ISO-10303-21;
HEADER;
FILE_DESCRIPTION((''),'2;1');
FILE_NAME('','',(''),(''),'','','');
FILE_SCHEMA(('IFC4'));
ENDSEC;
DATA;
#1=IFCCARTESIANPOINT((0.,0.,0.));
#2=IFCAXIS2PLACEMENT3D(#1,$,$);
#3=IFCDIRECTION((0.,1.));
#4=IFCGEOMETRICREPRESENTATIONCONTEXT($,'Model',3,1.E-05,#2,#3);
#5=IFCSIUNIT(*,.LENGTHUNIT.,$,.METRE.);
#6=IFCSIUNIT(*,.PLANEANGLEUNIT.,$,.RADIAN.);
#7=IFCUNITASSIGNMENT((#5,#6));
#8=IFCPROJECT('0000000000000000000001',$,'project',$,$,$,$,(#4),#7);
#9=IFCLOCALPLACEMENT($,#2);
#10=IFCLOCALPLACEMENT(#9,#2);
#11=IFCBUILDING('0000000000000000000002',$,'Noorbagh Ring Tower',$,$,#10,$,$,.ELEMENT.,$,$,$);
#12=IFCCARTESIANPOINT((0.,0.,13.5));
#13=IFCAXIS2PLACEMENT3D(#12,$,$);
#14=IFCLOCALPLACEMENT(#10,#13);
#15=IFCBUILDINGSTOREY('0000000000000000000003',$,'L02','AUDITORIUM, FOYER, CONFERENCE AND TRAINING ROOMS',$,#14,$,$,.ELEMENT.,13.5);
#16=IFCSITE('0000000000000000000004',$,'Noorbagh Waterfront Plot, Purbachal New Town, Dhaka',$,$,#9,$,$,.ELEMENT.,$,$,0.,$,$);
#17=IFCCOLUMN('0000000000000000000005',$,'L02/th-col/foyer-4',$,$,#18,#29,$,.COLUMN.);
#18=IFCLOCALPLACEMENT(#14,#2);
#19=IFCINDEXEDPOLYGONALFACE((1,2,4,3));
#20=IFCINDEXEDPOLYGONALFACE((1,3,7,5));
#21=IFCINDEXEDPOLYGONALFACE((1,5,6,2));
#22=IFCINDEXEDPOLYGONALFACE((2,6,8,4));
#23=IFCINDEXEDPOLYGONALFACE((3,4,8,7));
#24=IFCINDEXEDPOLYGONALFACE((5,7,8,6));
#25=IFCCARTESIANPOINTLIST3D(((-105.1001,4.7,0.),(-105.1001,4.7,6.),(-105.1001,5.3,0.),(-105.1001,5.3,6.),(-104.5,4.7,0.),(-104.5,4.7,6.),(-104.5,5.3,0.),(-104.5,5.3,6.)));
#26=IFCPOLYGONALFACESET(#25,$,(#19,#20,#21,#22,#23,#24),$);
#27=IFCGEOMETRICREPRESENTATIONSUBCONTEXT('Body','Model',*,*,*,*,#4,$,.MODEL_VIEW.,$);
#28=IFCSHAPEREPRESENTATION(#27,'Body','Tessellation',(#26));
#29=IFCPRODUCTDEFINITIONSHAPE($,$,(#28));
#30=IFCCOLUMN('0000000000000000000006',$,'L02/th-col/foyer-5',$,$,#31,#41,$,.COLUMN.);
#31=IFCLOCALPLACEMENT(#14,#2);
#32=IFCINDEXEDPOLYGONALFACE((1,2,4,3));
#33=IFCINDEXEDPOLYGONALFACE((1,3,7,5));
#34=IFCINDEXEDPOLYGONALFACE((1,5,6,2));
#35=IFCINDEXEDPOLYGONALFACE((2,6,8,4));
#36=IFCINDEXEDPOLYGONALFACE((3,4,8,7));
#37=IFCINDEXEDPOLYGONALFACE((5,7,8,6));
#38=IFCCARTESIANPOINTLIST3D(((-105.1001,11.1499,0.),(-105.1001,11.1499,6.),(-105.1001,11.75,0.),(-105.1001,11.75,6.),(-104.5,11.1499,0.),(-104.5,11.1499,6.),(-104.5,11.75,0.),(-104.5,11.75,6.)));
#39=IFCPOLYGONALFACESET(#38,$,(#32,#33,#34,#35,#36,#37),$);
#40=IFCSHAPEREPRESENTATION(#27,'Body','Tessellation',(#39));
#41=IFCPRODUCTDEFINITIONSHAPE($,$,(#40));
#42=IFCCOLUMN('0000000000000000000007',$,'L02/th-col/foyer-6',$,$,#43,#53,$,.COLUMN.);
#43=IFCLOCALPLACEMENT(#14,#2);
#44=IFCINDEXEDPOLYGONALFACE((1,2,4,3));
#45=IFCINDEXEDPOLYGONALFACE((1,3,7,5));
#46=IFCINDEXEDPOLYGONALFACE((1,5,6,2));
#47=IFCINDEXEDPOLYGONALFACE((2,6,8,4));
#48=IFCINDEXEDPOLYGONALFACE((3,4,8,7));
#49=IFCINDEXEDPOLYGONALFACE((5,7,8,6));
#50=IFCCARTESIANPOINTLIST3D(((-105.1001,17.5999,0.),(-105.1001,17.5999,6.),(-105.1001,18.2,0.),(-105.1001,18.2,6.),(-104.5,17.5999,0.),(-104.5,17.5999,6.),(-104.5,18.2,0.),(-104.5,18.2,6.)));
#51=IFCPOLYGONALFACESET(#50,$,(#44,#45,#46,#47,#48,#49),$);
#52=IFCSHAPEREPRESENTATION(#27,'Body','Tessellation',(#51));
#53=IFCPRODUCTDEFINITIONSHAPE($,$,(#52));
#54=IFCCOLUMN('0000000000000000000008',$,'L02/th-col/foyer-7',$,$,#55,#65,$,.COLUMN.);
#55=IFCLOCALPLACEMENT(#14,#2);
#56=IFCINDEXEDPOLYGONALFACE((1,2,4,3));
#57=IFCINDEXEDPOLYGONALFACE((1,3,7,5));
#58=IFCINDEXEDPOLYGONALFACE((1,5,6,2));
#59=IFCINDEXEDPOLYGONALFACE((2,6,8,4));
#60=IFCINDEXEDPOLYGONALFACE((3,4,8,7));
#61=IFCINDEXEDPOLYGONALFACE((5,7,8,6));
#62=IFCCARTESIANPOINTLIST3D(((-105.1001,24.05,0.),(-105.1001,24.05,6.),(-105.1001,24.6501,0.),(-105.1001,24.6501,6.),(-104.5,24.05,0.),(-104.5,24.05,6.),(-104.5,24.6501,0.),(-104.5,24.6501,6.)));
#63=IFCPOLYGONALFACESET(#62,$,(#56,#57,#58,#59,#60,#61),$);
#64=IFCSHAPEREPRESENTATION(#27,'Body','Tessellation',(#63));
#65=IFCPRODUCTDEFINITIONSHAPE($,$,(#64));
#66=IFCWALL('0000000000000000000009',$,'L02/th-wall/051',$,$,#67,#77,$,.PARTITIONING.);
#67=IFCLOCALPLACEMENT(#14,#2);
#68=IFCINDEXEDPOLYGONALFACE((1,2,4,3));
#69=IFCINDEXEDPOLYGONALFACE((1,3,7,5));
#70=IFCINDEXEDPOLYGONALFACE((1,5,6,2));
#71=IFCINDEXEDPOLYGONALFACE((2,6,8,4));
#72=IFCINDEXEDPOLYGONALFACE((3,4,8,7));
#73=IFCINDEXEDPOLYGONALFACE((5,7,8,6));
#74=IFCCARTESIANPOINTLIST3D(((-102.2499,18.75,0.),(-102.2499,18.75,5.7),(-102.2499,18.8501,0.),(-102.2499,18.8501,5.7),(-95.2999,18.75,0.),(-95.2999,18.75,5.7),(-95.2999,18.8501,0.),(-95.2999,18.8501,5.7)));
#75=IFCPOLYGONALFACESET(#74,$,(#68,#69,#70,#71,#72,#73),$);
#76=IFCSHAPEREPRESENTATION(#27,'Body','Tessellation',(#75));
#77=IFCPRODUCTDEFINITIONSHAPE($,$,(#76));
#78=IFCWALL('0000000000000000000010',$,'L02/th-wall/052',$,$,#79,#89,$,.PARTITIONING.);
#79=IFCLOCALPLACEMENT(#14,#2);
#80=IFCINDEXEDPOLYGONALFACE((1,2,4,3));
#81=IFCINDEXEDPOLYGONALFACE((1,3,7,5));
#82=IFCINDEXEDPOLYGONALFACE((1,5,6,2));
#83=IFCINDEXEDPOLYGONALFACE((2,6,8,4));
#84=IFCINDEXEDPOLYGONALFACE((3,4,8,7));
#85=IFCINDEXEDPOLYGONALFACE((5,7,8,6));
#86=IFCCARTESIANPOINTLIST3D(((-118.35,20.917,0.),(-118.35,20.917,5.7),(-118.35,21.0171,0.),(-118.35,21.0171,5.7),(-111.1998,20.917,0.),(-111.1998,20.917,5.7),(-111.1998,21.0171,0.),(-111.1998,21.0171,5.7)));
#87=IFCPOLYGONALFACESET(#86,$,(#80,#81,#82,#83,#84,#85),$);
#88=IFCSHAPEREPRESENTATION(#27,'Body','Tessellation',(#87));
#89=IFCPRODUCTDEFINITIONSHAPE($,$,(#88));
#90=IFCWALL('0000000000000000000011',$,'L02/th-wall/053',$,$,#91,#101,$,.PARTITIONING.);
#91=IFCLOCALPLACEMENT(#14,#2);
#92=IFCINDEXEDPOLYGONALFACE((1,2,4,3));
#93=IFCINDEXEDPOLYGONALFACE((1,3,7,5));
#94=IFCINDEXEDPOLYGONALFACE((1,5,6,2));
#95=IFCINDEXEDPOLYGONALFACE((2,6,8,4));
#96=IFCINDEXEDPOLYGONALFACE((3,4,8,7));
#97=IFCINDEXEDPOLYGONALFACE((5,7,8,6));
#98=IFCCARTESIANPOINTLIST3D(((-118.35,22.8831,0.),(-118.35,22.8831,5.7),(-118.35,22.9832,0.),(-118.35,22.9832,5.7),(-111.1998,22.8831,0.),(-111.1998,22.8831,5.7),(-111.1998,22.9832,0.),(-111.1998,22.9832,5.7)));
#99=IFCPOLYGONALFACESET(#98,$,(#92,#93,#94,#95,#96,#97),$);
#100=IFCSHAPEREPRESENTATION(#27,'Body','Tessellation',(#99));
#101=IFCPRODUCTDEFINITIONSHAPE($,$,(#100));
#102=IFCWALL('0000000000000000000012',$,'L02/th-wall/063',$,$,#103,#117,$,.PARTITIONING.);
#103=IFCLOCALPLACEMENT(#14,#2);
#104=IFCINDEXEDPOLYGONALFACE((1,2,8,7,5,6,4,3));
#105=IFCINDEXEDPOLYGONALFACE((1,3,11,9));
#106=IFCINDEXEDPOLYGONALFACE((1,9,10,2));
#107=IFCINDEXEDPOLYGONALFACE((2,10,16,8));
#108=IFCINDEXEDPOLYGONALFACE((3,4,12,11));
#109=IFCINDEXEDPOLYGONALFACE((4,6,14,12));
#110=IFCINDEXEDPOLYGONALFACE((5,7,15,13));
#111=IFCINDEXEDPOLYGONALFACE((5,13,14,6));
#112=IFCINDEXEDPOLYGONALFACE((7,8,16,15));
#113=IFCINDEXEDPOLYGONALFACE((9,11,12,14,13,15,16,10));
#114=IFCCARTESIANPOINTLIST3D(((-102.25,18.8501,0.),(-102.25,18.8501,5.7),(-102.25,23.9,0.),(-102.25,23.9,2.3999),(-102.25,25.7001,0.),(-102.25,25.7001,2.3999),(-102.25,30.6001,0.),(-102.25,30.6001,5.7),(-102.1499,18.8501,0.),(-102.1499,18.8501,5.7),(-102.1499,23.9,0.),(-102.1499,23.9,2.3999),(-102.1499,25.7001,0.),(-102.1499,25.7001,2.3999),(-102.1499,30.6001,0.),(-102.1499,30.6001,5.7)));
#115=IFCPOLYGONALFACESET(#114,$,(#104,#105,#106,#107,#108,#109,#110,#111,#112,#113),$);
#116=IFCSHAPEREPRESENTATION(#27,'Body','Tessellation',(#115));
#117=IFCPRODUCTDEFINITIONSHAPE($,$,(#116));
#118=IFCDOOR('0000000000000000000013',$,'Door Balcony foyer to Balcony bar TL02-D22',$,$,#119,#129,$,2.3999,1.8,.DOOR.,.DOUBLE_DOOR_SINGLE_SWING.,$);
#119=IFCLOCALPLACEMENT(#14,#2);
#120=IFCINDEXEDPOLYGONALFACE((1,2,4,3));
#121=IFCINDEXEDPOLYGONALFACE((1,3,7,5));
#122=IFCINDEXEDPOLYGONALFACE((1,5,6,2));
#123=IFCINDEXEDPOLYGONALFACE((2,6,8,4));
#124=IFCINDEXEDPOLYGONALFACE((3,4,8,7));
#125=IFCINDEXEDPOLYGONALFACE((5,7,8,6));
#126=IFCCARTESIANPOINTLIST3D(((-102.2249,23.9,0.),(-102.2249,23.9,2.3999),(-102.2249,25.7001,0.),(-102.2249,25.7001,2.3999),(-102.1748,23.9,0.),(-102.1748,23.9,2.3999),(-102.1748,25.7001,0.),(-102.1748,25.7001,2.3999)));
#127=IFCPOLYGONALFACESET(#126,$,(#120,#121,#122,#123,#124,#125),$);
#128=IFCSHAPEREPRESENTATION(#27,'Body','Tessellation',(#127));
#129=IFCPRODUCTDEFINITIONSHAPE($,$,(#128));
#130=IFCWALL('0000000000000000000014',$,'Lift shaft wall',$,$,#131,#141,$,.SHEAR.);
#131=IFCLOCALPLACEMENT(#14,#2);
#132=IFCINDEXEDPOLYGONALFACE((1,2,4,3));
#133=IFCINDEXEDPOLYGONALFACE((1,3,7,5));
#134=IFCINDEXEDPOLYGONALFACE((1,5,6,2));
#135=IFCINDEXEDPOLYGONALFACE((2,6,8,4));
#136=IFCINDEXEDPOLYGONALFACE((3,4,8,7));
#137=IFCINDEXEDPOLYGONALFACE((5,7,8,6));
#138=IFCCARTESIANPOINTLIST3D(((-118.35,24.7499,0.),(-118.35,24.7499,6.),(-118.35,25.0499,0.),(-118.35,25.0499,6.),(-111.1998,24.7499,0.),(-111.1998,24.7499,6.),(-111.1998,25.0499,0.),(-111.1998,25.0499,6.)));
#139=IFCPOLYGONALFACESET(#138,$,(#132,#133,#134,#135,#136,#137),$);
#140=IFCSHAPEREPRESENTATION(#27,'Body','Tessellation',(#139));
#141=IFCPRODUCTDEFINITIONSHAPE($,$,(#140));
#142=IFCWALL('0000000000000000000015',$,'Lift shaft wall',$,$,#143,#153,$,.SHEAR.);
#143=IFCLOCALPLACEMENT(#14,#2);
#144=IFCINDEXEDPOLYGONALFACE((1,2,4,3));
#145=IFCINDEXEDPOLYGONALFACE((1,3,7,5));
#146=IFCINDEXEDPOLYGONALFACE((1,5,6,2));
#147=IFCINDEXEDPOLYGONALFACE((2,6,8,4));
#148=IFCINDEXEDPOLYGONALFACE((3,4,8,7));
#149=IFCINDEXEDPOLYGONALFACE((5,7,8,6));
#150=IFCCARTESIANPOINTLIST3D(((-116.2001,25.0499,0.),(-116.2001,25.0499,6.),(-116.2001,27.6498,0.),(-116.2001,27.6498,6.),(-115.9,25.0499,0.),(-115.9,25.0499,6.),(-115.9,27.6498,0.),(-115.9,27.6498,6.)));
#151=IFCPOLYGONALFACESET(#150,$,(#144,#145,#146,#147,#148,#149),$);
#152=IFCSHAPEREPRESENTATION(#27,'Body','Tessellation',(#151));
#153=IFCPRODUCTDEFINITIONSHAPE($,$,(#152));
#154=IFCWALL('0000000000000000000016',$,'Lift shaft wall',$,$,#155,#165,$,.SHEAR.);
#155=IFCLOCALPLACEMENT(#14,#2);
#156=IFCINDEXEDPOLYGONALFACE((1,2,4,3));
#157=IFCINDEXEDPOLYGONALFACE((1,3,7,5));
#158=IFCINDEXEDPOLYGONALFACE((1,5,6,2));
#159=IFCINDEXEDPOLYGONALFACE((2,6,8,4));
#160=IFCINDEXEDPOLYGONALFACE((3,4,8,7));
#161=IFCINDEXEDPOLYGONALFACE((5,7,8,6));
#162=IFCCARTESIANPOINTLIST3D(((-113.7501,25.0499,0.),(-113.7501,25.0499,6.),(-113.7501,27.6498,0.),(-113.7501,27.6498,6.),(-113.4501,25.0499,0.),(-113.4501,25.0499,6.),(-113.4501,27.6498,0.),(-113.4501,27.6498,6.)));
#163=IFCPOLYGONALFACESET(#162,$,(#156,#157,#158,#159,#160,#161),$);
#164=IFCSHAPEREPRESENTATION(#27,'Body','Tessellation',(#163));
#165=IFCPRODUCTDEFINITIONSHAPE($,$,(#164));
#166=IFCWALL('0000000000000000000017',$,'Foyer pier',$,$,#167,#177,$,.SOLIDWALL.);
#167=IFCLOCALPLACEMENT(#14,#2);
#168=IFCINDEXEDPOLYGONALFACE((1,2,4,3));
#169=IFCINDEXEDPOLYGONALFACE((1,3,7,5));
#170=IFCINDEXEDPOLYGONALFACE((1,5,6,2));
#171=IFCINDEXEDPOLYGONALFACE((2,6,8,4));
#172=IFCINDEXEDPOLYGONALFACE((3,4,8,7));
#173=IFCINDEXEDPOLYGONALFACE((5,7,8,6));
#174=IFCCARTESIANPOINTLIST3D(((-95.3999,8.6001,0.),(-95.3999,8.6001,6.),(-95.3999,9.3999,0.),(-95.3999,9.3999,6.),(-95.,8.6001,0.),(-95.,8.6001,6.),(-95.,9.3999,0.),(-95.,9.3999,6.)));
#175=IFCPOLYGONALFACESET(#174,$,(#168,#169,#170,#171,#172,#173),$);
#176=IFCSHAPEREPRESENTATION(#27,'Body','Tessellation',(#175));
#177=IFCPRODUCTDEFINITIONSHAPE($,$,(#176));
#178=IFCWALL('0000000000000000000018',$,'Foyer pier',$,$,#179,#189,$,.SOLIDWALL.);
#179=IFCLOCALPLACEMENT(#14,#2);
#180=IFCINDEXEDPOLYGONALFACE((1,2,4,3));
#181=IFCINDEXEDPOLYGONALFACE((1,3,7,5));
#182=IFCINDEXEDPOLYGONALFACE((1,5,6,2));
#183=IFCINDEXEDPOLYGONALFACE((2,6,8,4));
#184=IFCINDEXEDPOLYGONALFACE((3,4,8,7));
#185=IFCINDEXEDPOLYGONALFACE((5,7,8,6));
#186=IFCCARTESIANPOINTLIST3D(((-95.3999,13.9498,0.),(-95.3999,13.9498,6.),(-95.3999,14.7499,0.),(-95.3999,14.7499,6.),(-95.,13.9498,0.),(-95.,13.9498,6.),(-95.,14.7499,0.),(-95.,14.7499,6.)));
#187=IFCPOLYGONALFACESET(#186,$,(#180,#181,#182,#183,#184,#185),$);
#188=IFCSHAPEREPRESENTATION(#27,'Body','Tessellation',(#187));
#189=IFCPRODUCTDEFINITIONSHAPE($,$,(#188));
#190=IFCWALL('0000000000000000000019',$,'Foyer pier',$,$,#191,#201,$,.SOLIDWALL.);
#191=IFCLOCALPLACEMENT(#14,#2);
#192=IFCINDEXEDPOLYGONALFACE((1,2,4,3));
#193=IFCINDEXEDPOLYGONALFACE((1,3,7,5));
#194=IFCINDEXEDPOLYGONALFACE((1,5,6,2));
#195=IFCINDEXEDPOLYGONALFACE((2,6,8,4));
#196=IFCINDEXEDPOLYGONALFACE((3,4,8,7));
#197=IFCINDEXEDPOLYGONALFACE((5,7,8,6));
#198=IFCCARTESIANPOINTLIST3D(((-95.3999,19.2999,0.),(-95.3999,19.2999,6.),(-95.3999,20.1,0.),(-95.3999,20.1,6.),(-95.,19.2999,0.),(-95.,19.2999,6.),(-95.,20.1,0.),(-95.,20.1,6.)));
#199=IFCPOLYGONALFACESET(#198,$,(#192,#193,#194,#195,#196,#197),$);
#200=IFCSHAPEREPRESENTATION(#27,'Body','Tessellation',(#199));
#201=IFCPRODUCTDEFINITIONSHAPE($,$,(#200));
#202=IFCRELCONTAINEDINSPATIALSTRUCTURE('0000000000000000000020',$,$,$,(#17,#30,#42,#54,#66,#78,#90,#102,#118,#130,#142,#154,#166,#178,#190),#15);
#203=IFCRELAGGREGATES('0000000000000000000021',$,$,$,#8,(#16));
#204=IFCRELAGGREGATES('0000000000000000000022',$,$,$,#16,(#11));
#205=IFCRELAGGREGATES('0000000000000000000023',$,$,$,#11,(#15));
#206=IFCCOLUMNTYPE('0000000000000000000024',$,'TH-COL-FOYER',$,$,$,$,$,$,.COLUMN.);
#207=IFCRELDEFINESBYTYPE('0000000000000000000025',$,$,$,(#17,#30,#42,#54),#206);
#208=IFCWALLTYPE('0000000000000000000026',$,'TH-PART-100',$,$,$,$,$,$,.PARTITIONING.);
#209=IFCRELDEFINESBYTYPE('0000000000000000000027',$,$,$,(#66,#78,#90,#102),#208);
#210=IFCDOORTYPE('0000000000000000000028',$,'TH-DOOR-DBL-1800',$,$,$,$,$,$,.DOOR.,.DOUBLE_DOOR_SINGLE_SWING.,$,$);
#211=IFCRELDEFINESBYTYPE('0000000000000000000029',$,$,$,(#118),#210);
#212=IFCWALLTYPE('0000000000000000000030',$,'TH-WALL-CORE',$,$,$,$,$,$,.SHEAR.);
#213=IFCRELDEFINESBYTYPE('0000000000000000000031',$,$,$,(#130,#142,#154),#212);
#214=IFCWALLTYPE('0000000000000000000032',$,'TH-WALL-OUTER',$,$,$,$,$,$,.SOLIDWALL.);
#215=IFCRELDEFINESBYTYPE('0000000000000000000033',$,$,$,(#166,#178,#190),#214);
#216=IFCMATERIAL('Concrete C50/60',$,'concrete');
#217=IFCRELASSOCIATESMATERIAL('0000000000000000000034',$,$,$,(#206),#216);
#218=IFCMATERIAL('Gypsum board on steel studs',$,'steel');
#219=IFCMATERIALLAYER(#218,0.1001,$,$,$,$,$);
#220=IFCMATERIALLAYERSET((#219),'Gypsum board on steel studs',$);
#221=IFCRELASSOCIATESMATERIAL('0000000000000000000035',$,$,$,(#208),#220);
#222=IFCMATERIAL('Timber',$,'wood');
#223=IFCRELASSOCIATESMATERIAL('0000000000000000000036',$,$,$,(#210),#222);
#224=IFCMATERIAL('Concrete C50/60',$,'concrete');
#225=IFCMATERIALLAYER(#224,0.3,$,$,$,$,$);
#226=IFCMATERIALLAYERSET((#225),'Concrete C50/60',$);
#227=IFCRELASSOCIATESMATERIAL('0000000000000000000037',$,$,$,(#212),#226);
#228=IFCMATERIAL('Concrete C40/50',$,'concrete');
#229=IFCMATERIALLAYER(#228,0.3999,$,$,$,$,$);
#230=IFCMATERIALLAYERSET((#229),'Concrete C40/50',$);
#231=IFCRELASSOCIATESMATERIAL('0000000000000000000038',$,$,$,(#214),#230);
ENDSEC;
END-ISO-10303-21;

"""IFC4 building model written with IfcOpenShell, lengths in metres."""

from ifc_helpers import new_model, si_unit, direction, frame, frame_2d, origin, origin_2d, place, context, subcontext, project, spatial, rectangle, extrude, material, layer, layer_set, material_profile, profile_set, type_object, element, fill, save


model = new_model("IFC4")

# Units and contexts
model_context = context("Model", 3, precision=1e-05, world=origin(), true_north=direction((0.0, 1.0)))
body_context = subcontext(model_context, "Body", "Model", "MODEL_VIEW")
ifc_project = project(units=[si_unit("LENGTHUNIT", "METRE"), si_unit("PLANEANGLEUNIT", "RADIAN")], contexts=[model_context])

# Site, building, storey
site_placement = place(None, origin())
site = spatial("IfcSite", under=ifc_project, at=site_placement, Name="Noorbagh Waterfront Plot, Purbachal New Town, Dhaka", CompositionType="ELEMENT", RefElevation=0.0)
building_placement = place(site_placement, origin())
building = spatial("IfcBuilding", under=site, at=building_placement, Name="Noorbagh Ring Tower", CompositionType="ELEMENT")
storey_placement = place(building_placement, frame((0.0, 0.0, 13.5)))
storey = spatial("IfcBuildingStorey", under=building, at=storey_placement, Name="L02", Description="AUDITORIUM, FOYER, CONFERENCE AND TRAINING ROOMS", CompositionType="ELEMENT", Elevation=13.5)

# Columns
ifc_material_1 = material(Name="Concrete C50/60", Category="concrete")
ifc_material_profile = material_profile(ifc_material_1, rectangle(XDim=0.6001, YDim=0.6001, at=origin_2d()), Name="RC600x600")
ifc_profile_set = profile_set([ifc_material_profile], Name="Concrete C50/60")
column_type = type_object("IfcColumnType", Name="TH-COL-FOYER", PredefinedType="COLUMN", material=ifc_profile_set)
for number, where, z_axis, x_axis, name in (
    (1, (-104.8, 5.0, 0.0), (0.0, 0.0, 1.0), (1.0, 0.0, 0.0), "L02/th-col/foyer-4"),
    (2, (-104.8, 11.45, 0.0), (0.0, 0.0, 1.0), (1.0, 0.0, 0.0), "L02/th-col/foyer-5"),
    (3, (-104.8, 17.8999, 0.0), (0.0, 0.0, 1.0), (1.0, 0.0, 0.0), "L02/th-col/foyer-6"),
    (4, (-104.8, 24.3501, 0.0), (0.0, 0.0, 1.0), (1.0, 0.0, 0.0), "L02/th-col/foyer-7"),
):
    element("IfcColumn", number, at=place(storey_placement, frame(where, z_axis=z_axis, x_axis=x_axis)), inside=storey, type_object=column_type, Name=name, PredefinedType="COLUMN", context=body_context, shape_type="SweptSolid", body=[
        extrude(rectangle(XDim=0.6001, YDim=0.6001, at=origin_2d()), origin(), (0.0, 0.0, 1.0), 6.0),
    ])

# Walls
ifc_material_2 = material(Name="Gypsum board on steel studs", Category="steel")
ifc_layer_1 = layer(ifc_material_2, 0.1001)
ifc_layer_set_1 = layer_set([ifc_layer_1], Name="Gypsum board on steel studs")
wall_type_1 = type_object("IfcWallType", Name="TH-PART-100", PredefinedType="PARTITIONING", material=ifc_layer_set_1)
wall_1_placement = place(storey_placement, frame((-102.25, 18.8, 0.0), z_axis=(0.0, 0.0, 1.0), x_axis=(1.0, 0.0, 0.0)))
element("IfcWall", 5, at=wall_1_placement, inside=storey, type_object=wall_type_1, Name="L02/th-wall/051", PredefinedType="PARTITIONING", context=body_context, shape_type="SweptSolid", body=[
    extrude(rectangle(XDim=6.95, YDim=0.1001, at=frame_2d((3.4751, 0.0))), origin(), (0.0, 0.0, 1.0), 5.7),
])
for number, where, z_axis, x_axis, name in (
    (6, (-118.3501, 20.967, 0.0), (0.0, 0.0, 1.0), (1.0, 0.0, 0.0), "L02/th-wall/052"),
    (7, (-118.3501, 22.9331, 0.0), (0.0, 0.0, 1.0), (1.0, 0.0, 0.0), "L02/th-wall/053"),
):
    element("IfcWall", number, at=place(storey_placement, frame(where, z_axis=z_axis, x_axis=x_axis)), inside=storey, type_object=wall_type_1, Name=name, PredefinedType="PARTITIONING", context=body_context, shape_type="SweptSolid", body=[
        extrude(rectangle(XDim=7.1501, YDim=0.1001, at=frame_2d((3.5752, 0.0))), origin(), (0.0, 0.0, 1.0), 5.7),
    ])

# Wall, opening, door
wall_2_placement = place(storey_placement, frame((-102.2, 18.8501, 0.0), z_axis=(0.0, 0.0, 1.0), x_axis=(0.0, 1.0, 0.0)))
wall_2 = element("IfcWall", 8, at=wall_2_placement, inside=storey, type_object=wall_type_1, Name="L02/th-wall/063", PredefinedType="PARTITIONING", context=body_context, shape_type="SweptSolid", body=[
    extrude(rectangle(XDim=11.75, YDim=0.1001, at=frame_2d((5.875, 0.0))), origin(), (0.0, 0.0, 1.0), 5.7),
])
opening_placement = place(wall_2_placement, frame((5.05, 0.0, 0.0)))
opening = element("IfcOpeningElement", 9, at=opening_placement, cuts=wall_2, PredefinedType="OPENING", context=body_context, shape_type="SweptSolid", body=[
    extrude(rectangle(XDim=1.8, YDim=2.3999, at=frame_2d((0.8999, 1.2))), frame((0.0, 0.0601, 0.0), z_axis=(0.0, -1.0, 0.0), x_axis=(1.0, 0.0, 0.0)), (0.0, 0.0, 1.0), 0.1201),
])
ifc_material_3 = material(Name="Timber", Category="wood")
door_type = type_object("IfcDoorType", Name="TH-DOOR-DBL-1800", OperationType="DOUBLE_DOOR_SINGLE_SWING", PredefinedType="DOOR", material=ifc_material_3)
door_placement = place(opening_placement, origin())
door = element("IfcDoor", 10, at=door_placement, inside=storey, type_object=door_type, Name="Door Balcony foyer to Balcony bar TL02-D22", OperationType="DOUBLE_DOOR_SINGLE_SWING", OverallHeight=2.3999, OverallWidth=1.8, PredefinedType="DOOR", context=body_context, shape_type="SweptSolid", body=[
    extrude(rectangle(XDim=1.8, YDim=2.3999, at=frame_2d((0.8999, 1.2))), frame((0.0, 0.0249, 0.0), z_axis=(0.0, -1.0, 0.0), x_axis=(1.0, 0.0, 0.0)), (0.0, 0.0, 1.0), 0.05),
])
fill(opening, door)

# Walls
ifc_material_4 = material(Name="Concrete C50/60", Category="concrete")
ifc_layer_2 = layer(ifc_material_4, 0.3)
ifc_layer_set_2 = layer_set([ifc_layer_2], Name="Concrete C50/60")
wall_type_2 = type_object("IfcWallType", Name="TH-WALL-CORE", PredefinedType="SHEAR", material=ifc_layer_set_2)
wall_3_placement = place(storey_placement, frame((-118.3501, 24.8999, 0.0), z_axis=(0.0, 0.0, 1.0), x_axis=(1.0, 0.0, 0.0)))
element("IfcWall", 11, at=wall_3_placement, inside=storey, type_object=wall_type_2, Name="Lift shaft wall", PredefinedType="SHEAR", context=body_context, shape_type="SweptSolid", body=[
    extrude(rectangle(XDim=7.1501, YDim=0.3, at=frame_2d((3.5752, 0.0))), origin(), (0.0, 0.0, 1.0), 6.0),
])
for number, where, z_axis, x_axis, name in (
    (12, (-116.05, 25.05, 0.0), (0.0, 0.0, 1.0), (0.0, 1.0, 0.0), "Lift shaft wall"),
    (13, (-113.6001, 25.05, 0.0), (0.0, 0.0, 1.0), (0.0, 1.0, 0.0), "Lift shaft wall"),
):
    element("IfcWall", number, at=place(storey_placement, frame(where, z_axis=z_axis, x_axis=x_axis)), inside=storey, type_object=wall_type_2, Name=name, PredefinedType="SHEAR", context=body_context, shape_type="SweptSolid", body=[
        extrude(rectangle(XDim=2.5999, YDim=0.3, at=frame_2d((1.2998, 0.0))), origin(), (0.0, 0.0, 1.0), 6.0),
    ])
ifc_material_5 = material(Name="Concrete C40/50", Category="concrete")
ifc_layer_3 = layer(ifc_material_5, 0.3999)
ifc_layer_set_3 = layer_set([ifc_layer_3], Name="Concrete C40/50")
wall_type_3 = type_object("IfcWallType", Name="TH-WALL-OUTER", PredefinedType="SOLIDWALL", material=ifc_layer_set_3)
wall_4_placement = place(storey_placement, frame((-95.2, 8.6001, 0.0), z_axis=(0.0, 0.0, 1.0), x_axis=(0.0, 1.0, 0.0)))
element("IfcWall", 14, at=wall_4_placement, inside=storey, type_object=wall_type_3, Name="Foyer pier", PredefinedType="SOLIDWALL", context=body_context, shape_type="SweptSolid", body=[
    extrude(rectangle(XDim=0.7998, YDim=0.3999, at=frame_2d((0.3999, 0.0))), origin(), (0.0, 0.0, 1.0), 6.0),
])
for number, where, z_axis, x_axis, name in (
    (15, (-95.2, 13.95, 0.0), (0.0, 0.0, 1.0), (0.0, 1.0, 0.0), "Foyer pier"),
    (16, (-95.2, 19.3, 0.0), (0.0, 0.0, 1.0), (0.0, 1.0, 0.0), "Foyer pier"),
):
    element("IfcWall", number, at=place(storey_placement, frame(where, z_axis=z_axis, x_axis=x_axis)), inside=storey, type_object=wall_type_3, Name=name, PredefinedType="SOLIDWALL", context=body_context, shape_type="SweptSolid", body=[
        extrude(rectangle(XDim=0.8, YDim=0.3999, at=frame_2d((0.3999, 0.0))), origin(), (0.0, 0.0, 1.0), 6.0),
    ])

save(model, "model.ifc")
